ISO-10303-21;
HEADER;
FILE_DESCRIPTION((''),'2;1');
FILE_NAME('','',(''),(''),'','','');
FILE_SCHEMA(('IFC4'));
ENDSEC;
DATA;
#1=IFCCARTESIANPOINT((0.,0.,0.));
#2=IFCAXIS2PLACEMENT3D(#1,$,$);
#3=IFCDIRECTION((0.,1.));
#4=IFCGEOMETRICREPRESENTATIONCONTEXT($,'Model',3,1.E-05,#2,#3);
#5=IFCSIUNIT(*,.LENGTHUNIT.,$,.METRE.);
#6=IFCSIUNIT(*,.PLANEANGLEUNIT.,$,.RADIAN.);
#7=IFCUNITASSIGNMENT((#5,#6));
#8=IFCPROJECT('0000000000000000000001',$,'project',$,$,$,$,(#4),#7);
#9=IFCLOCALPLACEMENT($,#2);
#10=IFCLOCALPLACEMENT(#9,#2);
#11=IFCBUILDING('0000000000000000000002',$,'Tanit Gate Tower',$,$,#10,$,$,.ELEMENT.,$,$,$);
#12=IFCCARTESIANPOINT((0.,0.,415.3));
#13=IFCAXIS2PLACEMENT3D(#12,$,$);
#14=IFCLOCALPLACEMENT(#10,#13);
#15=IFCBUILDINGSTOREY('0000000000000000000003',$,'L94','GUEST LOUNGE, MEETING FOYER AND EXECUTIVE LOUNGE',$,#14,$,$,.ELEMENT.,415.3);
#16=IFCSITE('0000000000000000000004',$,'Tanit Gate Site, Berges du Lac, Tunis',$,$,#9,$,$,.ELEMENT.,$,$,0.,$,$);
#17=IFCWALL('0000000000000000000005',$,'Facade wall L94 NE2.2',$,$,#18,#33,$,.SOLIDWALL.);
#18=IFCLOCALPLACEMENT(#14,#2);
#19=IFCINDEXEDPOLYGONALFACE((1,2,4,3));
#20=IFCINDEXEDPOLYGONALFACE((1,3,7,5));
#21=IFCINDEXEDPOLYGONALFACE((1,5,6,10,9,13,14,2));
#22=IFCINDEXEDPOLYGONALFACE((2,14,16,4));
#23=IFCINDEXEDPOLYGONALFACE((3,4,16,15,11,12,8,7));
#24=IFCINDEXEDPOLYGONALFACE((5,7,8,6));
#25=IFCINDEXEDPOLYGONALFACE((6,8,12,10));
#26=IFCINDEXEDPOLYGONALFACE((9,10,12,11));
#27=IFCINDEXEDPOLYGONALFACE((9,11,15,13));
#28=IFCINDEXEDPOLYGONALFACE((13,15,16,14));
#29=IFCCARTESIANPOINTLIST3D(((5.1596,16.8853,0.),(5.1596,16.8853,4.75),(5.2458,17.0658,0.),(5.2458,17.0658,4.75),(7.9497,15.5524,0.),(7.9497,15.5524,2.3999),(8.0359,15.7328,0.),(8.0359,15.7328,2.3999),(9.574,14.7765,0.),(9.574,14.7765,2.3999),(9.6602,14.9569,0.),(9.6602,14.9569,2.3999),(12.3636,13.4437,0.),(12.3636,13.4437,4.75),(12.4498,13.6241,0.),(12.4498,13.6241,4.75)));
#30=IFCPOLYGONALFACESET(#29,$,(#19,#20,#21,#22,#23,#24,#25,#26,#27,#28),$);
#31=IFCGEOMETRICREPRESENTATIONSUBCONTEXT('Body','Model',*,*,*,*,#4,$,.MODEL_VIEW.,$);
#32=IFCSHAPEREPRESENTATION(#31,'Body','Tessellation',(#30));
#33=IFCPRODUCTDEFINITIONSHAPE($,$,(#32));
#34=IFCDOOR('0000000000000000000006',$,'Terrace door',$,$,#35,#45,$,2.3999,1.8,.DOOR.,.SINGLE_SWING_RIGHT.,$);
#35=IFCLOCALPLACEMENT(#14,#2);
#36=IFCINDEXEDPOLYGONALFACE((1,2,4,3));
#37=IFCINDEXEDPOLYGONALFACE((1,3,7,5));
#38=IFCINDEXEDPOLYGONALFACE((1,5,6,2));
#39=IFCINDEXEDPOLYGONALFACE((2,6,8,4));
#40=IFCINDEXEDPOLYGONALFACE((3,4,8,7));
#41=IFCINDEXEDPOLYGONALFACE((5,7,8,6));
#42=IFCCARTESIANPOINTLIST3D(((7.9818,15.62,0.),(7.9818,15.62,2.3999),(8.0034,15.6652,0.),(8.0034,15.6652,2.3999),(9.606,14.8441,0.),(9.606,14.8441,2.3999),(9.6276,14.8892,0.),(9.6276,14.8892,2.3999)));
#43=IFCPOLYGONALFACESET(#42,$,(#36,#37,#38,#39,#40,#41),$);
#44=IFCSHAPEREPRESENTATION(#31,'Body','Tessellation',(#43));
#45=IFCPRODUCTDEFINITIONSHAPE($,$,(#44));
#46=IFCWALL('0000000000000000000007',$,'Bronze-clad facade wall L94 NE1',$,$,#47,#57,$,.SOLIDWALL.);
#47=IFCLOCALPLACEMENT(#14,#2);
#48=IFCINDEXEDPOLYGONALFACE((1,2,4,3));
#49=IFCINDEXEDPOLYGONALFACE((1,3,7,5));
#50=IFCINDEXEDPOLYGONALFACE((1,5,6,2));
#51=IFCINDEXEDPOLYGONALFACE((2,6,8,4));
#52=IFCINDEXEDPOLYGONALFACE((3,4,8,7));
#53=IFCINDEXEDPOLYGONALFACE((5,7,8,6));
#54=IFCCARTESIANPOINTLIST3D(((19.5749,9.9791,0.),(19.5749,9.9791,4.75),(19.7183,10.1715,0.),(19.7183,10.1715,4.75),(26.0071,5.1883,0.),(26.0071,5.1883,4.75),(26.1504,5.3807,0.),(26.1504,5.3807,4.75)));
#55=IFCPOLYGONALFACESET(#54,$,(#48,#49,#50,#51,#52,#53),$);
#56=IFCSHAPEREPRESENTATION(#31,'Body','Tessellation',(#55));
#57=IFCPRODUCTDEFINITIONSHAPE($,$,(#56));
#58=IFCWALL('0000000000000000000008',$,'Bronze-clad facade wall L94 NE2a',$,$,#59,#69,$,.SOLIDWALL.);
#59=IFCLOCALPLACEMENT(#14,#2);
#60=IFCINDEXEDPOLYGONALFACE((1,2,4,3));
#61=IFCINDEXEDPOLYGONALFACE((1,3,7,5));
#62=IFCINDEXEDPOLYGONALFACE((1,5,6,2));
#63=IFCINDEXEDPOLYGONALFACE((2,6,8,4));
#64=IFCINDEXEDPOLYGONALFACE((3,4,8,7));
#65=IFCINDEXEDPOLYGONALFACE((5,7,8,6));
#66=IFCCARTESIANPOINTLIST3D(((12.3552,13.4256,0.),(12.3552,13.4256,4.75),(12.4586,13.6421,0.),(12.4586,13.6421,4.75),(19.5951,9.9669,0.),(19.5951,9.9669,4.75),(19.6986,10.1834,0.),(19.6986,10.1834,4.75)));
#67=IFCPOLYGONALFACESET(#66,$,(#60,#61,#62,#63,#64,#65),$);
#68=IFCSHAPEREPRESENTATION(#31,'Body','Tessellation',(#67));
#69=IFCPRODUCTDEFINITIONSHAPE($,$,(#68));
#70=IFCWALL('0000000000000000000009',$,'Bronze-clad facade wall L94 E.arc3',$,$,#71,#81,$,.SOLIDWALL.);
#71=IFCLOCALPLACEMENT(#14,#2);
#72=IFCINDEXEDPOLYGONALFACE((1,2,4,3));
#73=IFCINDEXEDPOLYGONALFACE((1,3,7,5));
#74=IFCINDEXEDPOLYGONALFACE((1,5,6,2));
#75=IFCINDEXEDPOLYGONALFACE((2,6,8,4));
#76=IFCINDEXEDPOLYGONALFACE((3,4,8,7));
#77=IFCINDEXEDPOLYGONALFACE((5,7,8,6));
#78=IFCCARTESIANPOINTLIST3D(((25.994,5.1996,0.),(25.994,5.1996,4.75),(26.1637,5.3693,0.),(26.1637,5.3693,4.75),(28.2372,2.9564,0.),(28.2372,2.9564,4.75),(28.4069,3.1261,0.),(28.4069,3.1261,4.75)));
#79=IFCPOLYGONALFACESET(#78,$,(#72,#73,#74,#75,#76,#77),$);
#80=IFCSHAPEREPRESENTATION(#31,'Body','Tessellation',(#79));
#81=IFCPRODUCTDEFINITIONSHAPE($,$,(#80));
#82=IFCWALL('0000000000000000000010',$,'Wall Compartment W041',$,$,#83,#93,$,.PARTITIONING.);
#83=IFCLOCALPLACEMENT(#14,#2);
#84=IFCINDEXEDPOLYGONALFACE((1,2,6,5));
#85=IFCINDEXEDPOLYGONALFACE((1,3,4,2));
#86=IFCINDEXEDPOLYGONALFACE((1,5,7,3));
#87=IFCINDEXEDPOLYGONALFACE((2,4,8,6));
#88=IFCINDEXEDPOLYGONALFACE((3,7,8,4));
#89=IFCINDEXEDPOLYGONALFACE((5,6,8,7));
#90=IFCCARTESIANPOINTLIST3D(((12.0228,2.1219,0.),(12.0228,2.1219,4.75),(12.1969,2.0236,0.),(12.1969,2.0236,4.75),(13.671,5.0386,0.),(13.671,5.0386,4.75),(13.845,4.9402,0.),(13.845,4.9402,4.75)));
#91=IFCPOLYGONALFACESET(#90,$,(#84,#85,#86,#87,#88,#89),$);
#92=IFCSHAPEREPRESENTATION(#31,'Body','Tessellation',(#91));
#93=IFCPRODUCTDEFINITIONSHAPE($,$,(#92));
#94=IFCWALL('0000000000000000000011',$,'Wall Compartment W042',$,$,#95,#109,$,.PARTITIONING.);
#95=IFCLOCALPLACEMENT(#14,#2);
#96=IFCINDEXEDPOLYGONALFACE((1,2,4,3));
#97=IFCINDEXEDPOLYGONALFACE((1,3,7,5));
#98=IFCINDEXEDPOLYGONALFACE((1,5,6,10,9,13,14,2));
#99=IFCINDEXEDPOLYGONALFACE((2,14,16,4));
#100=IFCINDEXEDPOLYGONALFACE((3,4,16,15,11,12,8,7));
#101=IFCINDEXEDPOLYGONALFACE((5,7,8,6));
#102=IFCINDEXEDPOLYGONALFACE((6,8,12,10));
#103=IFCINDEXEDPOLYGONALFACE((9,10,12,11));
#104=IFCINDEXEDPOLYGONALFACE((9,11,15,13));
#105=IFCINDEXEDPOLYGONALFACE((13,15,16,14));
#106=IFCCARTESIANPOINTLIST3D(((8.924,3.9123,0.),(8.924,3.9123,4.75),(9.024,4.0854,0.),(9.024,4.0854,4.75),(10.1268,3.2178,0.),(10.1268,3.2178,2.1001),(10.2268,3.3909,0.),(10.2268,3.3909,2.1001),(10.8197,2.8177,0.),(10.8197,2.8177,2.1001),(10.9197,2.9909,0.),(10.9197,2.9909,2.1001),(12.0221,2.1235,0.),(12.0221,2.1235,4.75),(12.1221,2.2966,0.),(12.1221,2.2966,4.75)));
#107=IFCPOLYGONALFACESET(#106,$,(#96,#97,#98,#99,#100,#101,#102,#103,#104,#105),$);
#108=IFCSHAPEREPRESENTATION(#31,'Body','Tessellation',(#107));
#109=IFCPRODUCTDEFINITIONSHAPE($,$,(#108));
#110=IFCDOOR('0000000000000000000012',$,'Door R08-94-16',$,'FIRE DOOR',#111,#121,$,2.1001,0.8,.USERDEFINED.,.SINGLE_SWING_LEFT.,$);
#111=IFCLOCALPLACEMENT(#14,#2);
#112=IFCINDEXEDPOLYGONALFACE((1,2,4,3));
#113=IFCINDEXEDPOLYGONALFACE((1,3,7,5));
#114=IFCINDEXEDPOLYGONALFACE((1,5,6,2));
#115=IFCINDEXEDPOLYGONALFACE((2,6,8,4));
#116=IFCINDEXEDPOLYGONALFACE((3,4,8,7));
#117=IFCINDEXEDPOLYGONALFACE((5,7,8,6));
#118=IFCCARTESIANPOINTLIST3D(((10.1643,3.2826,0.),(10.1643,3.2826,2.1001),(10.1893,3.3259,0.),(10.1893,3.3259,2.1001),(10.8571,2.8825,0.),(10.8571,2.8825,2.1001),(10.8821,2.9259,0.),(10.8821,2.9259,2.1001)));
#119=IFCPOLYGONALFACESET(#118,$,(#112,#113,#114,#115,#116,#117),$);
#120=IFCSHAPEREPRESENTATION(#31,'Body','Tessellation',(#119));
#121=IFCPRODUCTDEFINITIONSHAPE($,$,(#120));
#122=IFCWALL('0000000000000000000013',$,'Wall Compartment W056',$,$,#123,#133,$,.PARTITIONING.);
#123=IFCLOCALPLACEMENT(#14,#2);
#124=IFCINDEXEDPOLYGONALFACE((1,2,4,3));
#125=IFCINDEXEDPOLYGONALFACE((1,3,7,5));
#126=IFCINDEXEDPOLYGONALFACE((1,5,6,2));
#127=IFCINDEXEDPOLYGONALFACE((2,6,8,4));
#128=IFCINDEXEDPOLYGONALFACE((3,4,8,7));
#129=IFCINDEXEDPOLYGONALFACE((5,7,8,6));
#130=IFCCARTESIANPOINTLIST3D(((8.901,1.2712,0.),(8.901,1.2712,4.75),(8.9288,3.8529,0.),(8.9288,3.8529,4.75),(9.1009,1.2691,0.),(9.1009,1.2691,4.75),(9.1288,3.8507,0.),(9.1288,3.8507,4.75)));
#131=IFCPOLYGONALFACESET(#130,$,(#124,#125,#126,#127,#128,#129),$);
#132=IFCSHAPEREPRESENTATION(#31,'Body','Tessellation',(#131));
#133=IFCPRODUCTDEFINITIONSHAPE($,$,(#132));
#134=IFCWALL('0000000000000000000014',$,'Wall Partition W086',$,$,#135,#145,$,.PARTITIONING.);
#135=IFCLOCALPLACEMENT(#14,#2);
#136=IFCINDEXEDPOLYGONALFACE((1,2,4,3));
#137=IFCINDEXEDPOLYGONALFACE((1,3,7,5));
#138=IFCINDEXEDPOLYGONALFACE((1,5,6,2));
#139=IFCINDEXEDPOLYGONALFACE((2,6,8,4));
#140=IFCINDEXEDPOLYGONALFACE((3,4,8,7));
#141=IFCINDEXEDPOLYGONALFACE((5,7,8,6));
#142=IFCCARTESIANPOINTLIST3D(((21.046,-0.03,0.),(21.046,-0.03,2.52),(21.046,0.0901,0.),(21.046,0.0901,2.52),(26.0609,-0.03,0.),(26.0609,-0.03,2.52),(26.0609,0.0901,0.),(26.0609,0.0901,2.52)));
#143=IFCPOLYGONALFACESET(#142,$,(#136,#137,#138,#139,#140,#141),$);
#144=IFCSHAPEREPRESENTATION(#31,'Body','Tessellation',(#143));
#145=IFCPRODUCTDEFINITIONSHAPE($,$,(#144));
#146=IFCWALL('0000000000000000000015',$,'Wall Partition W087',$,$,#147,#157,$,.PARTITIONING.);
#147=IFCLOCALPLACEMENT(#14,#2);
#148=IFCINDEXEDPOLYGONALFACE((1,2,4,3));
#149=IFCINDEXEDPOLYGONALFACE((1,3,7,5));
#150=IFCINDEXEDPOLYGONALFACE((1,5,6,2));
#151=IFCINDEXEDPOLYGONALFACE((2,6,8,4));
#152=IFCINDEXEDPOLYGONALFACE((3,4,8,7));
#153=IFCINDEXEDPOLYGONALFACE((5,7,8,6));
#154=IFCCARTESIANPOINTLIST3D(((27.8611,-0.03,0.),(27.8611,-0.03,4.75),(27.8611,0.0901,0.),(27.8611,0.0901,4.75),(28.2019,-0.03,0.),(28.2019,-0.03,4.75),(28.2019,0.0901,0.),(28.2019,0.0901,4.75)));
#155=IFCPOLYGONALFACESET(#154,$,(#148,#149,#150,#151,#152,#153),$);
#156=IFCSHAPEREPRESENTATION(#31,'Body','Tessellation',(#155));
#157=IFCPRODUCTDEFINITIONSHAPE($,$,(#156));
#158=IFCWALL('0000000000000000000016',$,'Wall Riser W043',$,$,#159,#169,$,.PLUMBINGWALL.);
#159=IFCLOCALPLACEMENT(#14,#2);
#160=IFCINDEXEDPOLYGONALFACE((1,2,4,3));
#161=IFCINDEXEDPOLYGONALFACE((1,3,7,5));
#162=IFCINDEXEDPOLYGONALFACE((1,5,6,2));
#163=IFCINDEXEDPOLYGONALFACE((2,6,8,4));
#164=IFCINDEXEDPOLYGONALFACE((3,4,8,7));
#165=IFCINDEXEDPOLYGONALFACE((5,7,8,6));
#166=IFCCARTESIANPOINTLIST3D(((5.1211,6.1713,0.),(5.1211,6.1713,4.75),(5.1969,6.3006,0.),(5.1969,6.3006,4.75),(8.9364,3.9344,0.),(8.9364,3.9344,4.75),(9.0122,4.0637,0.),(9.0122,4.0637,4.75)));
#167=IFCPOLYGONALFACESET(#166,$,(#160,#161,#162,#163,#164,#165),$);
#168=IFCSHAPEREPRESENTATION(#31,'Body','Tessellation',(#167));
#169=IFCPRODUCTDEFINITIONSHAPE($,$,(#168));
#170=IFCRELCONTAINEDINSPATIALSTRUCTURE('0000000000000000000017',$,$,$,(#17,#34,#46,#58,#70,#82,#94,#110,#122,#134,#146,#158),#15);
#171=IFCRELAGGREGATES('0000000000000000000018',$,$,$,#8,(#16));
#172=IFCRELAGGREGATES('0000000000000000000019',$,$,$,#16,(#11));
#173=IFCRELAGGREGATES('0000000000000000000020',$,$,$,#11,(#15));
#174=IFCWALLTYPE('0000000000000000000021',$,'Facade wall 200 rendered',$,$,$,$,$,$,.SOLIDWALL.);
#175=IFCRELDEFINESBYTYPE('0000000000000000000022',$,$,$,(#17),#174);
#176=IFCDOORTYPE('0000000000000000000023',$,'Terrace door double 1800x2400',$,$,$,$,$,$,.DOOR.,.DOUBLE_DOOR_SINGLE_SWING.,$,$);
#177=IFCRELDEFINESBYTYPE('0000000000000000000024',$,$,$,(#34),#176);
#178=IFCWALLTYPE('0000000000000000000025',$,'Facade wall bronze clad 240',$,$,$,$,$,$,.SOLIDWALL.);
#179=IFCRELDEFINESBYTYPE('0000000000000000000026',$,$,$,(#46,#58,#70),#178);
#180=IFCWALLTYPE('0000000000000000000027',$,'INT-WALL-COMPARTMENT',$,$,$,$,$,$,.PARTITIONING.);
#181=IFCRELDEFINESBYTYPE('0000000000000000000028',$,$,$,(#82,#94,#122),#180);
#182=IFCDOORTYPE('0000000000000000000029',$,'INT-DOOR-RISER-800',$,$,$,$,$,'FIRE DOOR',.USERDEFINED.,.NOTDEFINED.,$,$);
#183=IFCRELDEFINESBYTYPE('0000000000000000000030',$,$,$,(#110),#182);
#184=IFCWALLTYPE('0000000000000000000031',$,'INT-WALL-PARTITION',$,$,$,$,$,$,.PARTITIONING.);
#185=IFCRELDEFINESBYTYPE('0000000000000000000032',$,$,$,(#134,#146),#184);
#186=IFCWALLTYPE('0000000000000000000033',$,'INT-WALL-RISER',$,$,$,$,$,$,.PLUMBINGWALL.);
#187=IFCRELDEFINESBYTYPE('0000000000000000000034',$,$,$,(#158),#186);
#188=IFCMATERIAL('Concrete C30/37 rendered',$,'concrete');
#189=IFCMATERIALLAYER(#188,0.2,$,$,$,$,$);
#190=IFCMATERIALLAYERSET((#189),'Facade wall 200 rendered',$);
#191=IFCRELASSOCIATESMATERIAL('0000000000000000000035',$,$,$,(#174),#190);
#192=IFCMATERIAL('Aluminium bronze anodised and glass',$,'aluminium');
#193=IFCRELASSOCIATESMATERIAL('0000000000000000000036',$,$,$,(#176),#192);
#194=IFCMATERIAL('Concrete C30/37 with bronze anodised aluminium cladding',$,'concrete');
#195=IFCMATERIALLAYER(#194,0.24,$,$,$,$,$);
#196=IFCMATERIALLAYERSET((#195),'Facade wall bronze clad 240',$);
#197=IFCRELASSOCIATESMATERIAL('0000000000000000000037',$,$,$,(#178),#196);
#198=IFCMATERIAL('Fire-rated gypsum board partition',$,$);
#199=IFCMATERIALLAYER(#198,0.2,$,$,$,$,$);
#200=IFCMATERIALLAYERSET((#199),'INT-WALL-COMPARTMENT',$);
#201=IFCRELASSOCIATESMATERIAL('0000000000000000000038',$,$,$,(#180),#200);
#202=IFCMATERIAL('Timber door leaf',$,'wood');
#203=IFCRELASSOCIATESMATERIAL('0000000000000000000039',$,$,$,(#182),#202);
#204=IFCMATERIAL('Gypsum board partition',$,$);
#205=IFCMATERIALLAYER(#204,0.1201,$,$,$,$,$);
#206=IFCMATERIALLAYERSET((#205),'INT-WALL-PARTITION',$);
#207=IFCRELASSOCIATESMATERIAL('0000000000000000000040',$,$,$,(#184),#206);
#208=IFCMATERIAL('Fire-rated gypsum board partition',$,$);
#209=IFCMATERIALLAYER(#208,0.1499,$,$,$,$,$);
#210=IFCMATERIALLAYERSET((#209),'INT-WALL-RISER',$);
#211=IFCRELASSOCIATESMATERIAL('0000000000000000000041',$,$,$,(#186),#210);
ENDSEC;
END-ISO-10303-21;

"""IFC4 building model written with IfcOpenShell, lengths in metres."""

from ifc_helpers import new_model, si_unit, direction, frame, frame_2d, origin, place, context, subcontext, project, spatial, rectangle, extrude, material, layer, layer_set, type_object, element, fill, save


model = new_model("IFC4")

# Units and contexts
model_context = context("Model", 3, precision=1e-05, world=origin(), true_north=direction((0.0, 1.0)))
body_context = subcontext(model_context, "Body", "Model", "MODEL_VIEW")
ifc_project = project(units=[si_unit("LENGTHUNIT", "METRE"), si_unit("PLANEANGLEUNIT", "RADIAN")], contexts=[model_context])

# Site, building, storey
site_placement = place(None, origin())
site = spatial("IfcSite", under=ifc_project, at=site_placement, Name="Tanit Gate Site, Berges du Lac, Tunis", CompositionType="ELEMENT", RefElevation=0.0)
building_placement = place(site_placement, origin())
building = spatial("IfcBuilding", under=site, at=building_placement, Name="Tanit Gate Tower", CompositionType="ELEMENT")
storey_placement = place(building_placement, frame((0.0, 0.0, 415.3)))
storey = spatial("IfcBuildingStorey", under=building, at=storey_placement, Name="L94", Description="GUEST LOUNGE, MEETING FOYER AND EXECUTIVE LOUNGE", CompositionType="ELEMENT", Elevation=415.3)

# Wall, opening, door
ifc_material_1 = material(Name="Concrete C30/37 rendered", Category="concrete")
ifc_layer_1 = layer(ifc_material_1, 0.2)
ifc_layer_set_1 = layer_set([ifc_layer_1], Name="Facade wall 200 rendered")
wall_type_1 = type_object("IfcWallType", Name="Facade wall 200 rendered", PredefinedType="SOLIDWALL", material=ifc_layer_set_1)
wall_1_placement = place(storey_placement, frame((12.4067, 13.5339, 0.0), z_axis=(0.0, 0.0, 1.0), x_axis=(-0.902319, 0.431069, 0.0)))
wall_1 = element("IfcWall", 1, at=wall_1_placement, inside=storey, type_object=wall_type_1, Name="Facade wall L94 NE2.2", PredefinedType="SOLIDWALL", context=body_context, shape_type="SweptSolid", body=[
    extrude(rectangle(XDim=7.9839, YDim=0.2, at=frame_2d((3.9919, 0.0))), origin(), (0.0, 0.0, 1.0), 4.75),
])
opening_1_placement = place(wall_1_placement, frame((3.0918, 0.0, 0.0)))
opening_1 = element("IfcOpeningElement", 2, at=opening_1_placement, cuts=wall_1, PredefinedType="OPENING", context=body_context, shape_type="SweptSolid", body=[
    extrude(rectangle(XDim=1.8, YDim=2.3999, at=frame_2d((0.8999, 1.2))), frame((0.0, 0.1099, 0.0), z_axis=(0.0, -1.0, 0.0), x_axis=(1.0, 0.0, 0.0)), (0.0, 0.0, 1.0), 0.22),
])
ifc_material_2 = material(Name="Aluminium bronze anodised and glass", Category="aluminium")
door_type_1 = type_object("IfcDoorType", Name="Terrace door double 1800x2400", OperationType="DOUBLE_DOOR_SINGLE_SWING", PredefinedType="DOOR", material=ifc_material_2)
door_1_placement = place(opening_1_placement, frame((1.8, 0.0, 0.0), z_axis=(0.0, 0.0, 1.0), x_axis=(-1.0, 0.0, 0.0)))
door_1 = element("IfcDoor", 3, at=door_1_placement, inside=storey, type_object=door_type_1, Name="Terrace door", OperationType="SINGLE_SWING_RIGHT", OverallHeight=2.3999, OverallWidth=1.8, PredefinedType="DOOR", context=body_context, shape_type="SweptSolid", body=[
    extrude(rectangle(XDim=1.8, YDim=2.3999, at=frame_2d((0.8999, 1.2))), frame((0.0, 0.0249, 0.0), z_axis=(0.0, -1.0, 0.0), x_axis=(1.0, 0.0, 0.0)), (0.0, 0.0, 1.0), 0.05),
])
fill(opening_1, door_1)

# Walls
ifc_material_3 = material(Name="Concrete C30/37 with bronze anodised aluminium cladding", Category="concrete")
ifc_layer_2 = layer(ifc_material_3, 0.24)
ifc_layer_set_2 = layer_set([ifc_layer_2], Name="Facade wall bronze clad 240")
wall_type_2 = type_object("IfcWallType", Name="Facade wall bronze clad 240", PredefinedType="SOLIDWALL", material=ifc_layer_set_2)
wall_2_placement = place(storey_placement, frame((26.0789, 5.2844, 0.0), z_axis=(0.0, 0.0, 1.0), x_axis=(-0.80199, 0.597337, 0.0)))
element("IfcWall", 4, at=wall_2_placement, inside=storey, type_object=wall_type_2, Name="Bronze-clad facade wall L94 NE1", PredefinedType="SOLIDWALL", context=body_context, shape_type="SweptSolid", body=[
    extrude(rectangle(XDim=8.0203, YDim=0.24, at=frame_2d((4.0103, 0.0))), origin(), (0.0, 0.0, 1.0), 4.75),
])
wall_3_placement = place(storey_placement, frame((19.6467, 10.0752, 0.0), z_axis=(0.0, 0.0, 1.0), x_axis=(-0.902322, 0.431064, 0.0)))
element("IfcWall", 5, at=wall_3_placement, inside=storey, type_object=wall_type_2, Name="Bronze-clad facade wall L94 NE2a", PredefinedType="SOLIDWALL", context=body_context, shape_type="SweptSolid", body=[
    extrude(rectangle(XDim=8.0237, YDim=0.24, at=frame_2d((4.0117, 0.0))), origin(), (0.0, 0.0, 1.0), 4.75),
])
wall_4_placement = place(storey_placement, frame((28.322, 3.0413, 0.0), z_axis=(0.0, 0.0, 1.0), x_axis=(-0.707107, 0.707107, 0.0)))
element("IfcWall", 6, at=wall_4_placement, inside=storey, type_object=wall_type_2, Name="Bronze-clad facade wall L94 E.arc3", PredefinedType="SOLIDWALL", context=body_context, shape_type="SweptSolid", body=[
    extrude(rectangle(XDim=3.1724, YDim=0.24, at=frame_2d((1.5862, 0.0))), origin(), (0.0, 0.0, 1.0), 4.75),
])
ifc_material_4 = material(Name="Fire-rated gypsum board partition")
ifc_layer_3 = layer(ifc_material_4, 0.2)
ifc_layer_set_3 = layer_set([ifc_layer_3], Name="INT-WALL-COMPARTMENT")
wall_type_3 = type_object("IfcWallType", Name="INT-WALL-COMPARTMENT", PredefinedType="PARTITIONING", material=ifc_layer_set_3)
wall_5_placement = place(storey_placement, frame((12.1099, 2.0728, 0.0), z_axis=(0.0, 0.0, 1.0), x_axis=(0.491966, 0.870614, 0.0)))
element("IfcWall", 7, at=wall_5_placement, inside=storey, type_object=wall_type_3, Name="Wall Compartment W041", PredefinedType="PARTITIONING", context=body_context, shape_type="SweptSolid", body=[
    extrude(rectangle(XDim=3.3501, YDim=0.2, at=frame_2d((1.675, 0.0))), origin(), (0.0, 0.0, 1.0), 4.75),
])

# Wall, opening, door
wall_6_placement = place(storey_placement, frame((8.9741, 3.9988, 0.0), z_axis=(0.0, 0.0, 1.0), x_axis=(0.866013, -0.500022, 0.0)))
wall_6 = element("IfcWall", 8, at=wall_6_placement, inside=storey, type_object=wall_type_3, Name="Wall Compartment W042", PredefinedType="PARTITIONING", context=body_context, shape_type="SweptSolid", body=[
    extrude(rectangle(XDim=3.5774, YDim=0.2, at=frame_2d((1.7886, 0.0))), origin(), (0.0, 0.0, 1.0), 4.75),
])
opening_2_placement = place(wall_6_placement, frame((1.3889, 0.0, 0.0)))
opening_2 = element("IfcOpeningElement", 9, at=opening_2_placement, cuts=wall_6, PredefinedType="OPENING", context=body_context, shape_type="SweptSolid", body=[
    extrude(rectangle(XDim=0.8, YDim=2.1001, at=frame_2d((0.3999, 1.05))), frame((0.0, 0.1099, 0.0), z_axis=(0.0, -1.0, 0.0), x_axis=(1.0, 0.0, 0.0)), (0.0, 0.0, 1.0), 0.22),
])
ifc_material_5 = material(Name="Timber door leaf", Category="wood")
door_type_2 = type_object("IfcDoorType", Name="INT-DOOR-RISER-800", ElementType="FIRE DOOR", OperationType="NOTDEFINED", PredefinedType="USERDEFINED", material=ifc_material_5)
door_2_placement = place(opening_2_placement, origin())
door_2 = element("IfcDoor", 10, at=door_2_placement, inside=storey, type_object=door_type_2, Name="Door R08-94-16", ObjectType="FIRE DOOR", OperationType="SINGLE_SWING_LEFT", OverallHeight=2.1001, OverallWidth=0.8, PredefinedType="USERDEFINED", context=body_context, shape_type="SweptSolid", body=[
    extrude(rectangle(XDim=0.8, YDim=2.1001, at=frame_2d((0.3999, 1.05))), frame((0.0, 0.0249, 0.0), z_axis=(0.0, -1.0, 0.0), x_axis=(1.0, 0.0, 0.0)), (0.0, 0.0, 1.0), 0.05),
])
fill(opening_2, door_2)

# Walls
wall_7_placement = place(storey_placement, frame((9.001, 1.27, 0.0), z_axis=(0.0, 0.0, 1.0), x_axis=(0.010781, 0.999942, 0.0)))
element("IfcWall", 11, at=wall_7_placement, inside=storey, type_object=wall_type_3, Name="Wall Compartment W056", PredefinedType="PARTITIONING", context=body_context, shape_type="SweptSolid", body=[
    extrude(rectangle(XDim=2.5818, YDim=0.2, at=frame_2d((1.291, 0.0))), origin(), (0.0, 0.0, 1.0), 4.75),
])
ifc_material_6 = material(Name="Gypsum board partition")
ifc_layer_4 = layer(ifc_material_6, 0.1201)
ifc_layer_set_4 = layer_set([ifc_layer_4], Name="INT-WALL-PARTITION")
wall_type_4 = type_object("IfcWallType", Name="INT-WALL-PARTITION", PredefinedType="PARTITIONING", material=ifc_layer_set_4)
wall_8_placement = place(storey_placement, frame((21.0461, 0.03, 0.0), z_axis=(0.0, 0.0, 1.0), x_axis=(1.0, 0.0, 0.0)))
element("IfcWall", 12, at=wall_8_placement, inside=storey, type_object=wall_type_4, Name="Wall Partition W086", PredefinedType="PARTITIONING", context=body_context, shape_type="SweptSolid", body=[
    extrude(rectangle(XDim=5.0149, YDim=0.1201, at=frame_2d((2.5073, 0.0))), origin(), (0.0, 0.0, 1.0), 2.52),
])
wall_9_placement = place(storey_placement, frame((27.8611, 0.03, 0.0), z_axis=(0.0, 0.0, 1.0), x_axis=(1.0, 0.0, 0.0)))
element("IfcWall", 13, at=wall_9_placement, inside=storey, type_object=wall_type_4, Name="Wall Partition W087", PredefinedType="PARTITIONING", context=body_context, shape_type="SweptSolid", body=[
    extrude(rectangle(XDim=0.3408, YDim=0.1201, at=frame_2d((0.1704, 0.0))), origin(), (0.0, 0.0, 1.0), 4.75),
])
ifc_material_7 = material(Name="Fire-rated gypsum board partition")
ifc_layer_5 = layer(ifc_material_7, 0.1499)
ifc_layer_set_5 = layer_set([ifc_layer_5], Name="INT-WALL-RISER")
wall_type_5 = type_object("IfcWallType", Name="INT-WALL-RISER", PredefinedType="PLUMBINGWALL", material=ifc_layer_set_5)
wall_10_placement = place(storey_placement, frame((8.9744, 3.999, 0.0), z_axis=(0.0, 0.0, 1.0), x_axis=(-0.862666, 0.505775, 0.0)))
element("IfcWall", 14, at=wall_10_placement, inside=storey, type_object=wall_type_5, Name="Wall Riser W043", PredefinedType="PLUMBINGWALL", context=body_context, shape_type="SweptSolid", body=[
    extrude(rectangle(XDim=4.4226, YDim=0.1499, at=frame_2d((2.2114, 0.0))), origin(), (0.0, 0.0, 1.0), 4.75),
])

save(model, "model.ifc")
